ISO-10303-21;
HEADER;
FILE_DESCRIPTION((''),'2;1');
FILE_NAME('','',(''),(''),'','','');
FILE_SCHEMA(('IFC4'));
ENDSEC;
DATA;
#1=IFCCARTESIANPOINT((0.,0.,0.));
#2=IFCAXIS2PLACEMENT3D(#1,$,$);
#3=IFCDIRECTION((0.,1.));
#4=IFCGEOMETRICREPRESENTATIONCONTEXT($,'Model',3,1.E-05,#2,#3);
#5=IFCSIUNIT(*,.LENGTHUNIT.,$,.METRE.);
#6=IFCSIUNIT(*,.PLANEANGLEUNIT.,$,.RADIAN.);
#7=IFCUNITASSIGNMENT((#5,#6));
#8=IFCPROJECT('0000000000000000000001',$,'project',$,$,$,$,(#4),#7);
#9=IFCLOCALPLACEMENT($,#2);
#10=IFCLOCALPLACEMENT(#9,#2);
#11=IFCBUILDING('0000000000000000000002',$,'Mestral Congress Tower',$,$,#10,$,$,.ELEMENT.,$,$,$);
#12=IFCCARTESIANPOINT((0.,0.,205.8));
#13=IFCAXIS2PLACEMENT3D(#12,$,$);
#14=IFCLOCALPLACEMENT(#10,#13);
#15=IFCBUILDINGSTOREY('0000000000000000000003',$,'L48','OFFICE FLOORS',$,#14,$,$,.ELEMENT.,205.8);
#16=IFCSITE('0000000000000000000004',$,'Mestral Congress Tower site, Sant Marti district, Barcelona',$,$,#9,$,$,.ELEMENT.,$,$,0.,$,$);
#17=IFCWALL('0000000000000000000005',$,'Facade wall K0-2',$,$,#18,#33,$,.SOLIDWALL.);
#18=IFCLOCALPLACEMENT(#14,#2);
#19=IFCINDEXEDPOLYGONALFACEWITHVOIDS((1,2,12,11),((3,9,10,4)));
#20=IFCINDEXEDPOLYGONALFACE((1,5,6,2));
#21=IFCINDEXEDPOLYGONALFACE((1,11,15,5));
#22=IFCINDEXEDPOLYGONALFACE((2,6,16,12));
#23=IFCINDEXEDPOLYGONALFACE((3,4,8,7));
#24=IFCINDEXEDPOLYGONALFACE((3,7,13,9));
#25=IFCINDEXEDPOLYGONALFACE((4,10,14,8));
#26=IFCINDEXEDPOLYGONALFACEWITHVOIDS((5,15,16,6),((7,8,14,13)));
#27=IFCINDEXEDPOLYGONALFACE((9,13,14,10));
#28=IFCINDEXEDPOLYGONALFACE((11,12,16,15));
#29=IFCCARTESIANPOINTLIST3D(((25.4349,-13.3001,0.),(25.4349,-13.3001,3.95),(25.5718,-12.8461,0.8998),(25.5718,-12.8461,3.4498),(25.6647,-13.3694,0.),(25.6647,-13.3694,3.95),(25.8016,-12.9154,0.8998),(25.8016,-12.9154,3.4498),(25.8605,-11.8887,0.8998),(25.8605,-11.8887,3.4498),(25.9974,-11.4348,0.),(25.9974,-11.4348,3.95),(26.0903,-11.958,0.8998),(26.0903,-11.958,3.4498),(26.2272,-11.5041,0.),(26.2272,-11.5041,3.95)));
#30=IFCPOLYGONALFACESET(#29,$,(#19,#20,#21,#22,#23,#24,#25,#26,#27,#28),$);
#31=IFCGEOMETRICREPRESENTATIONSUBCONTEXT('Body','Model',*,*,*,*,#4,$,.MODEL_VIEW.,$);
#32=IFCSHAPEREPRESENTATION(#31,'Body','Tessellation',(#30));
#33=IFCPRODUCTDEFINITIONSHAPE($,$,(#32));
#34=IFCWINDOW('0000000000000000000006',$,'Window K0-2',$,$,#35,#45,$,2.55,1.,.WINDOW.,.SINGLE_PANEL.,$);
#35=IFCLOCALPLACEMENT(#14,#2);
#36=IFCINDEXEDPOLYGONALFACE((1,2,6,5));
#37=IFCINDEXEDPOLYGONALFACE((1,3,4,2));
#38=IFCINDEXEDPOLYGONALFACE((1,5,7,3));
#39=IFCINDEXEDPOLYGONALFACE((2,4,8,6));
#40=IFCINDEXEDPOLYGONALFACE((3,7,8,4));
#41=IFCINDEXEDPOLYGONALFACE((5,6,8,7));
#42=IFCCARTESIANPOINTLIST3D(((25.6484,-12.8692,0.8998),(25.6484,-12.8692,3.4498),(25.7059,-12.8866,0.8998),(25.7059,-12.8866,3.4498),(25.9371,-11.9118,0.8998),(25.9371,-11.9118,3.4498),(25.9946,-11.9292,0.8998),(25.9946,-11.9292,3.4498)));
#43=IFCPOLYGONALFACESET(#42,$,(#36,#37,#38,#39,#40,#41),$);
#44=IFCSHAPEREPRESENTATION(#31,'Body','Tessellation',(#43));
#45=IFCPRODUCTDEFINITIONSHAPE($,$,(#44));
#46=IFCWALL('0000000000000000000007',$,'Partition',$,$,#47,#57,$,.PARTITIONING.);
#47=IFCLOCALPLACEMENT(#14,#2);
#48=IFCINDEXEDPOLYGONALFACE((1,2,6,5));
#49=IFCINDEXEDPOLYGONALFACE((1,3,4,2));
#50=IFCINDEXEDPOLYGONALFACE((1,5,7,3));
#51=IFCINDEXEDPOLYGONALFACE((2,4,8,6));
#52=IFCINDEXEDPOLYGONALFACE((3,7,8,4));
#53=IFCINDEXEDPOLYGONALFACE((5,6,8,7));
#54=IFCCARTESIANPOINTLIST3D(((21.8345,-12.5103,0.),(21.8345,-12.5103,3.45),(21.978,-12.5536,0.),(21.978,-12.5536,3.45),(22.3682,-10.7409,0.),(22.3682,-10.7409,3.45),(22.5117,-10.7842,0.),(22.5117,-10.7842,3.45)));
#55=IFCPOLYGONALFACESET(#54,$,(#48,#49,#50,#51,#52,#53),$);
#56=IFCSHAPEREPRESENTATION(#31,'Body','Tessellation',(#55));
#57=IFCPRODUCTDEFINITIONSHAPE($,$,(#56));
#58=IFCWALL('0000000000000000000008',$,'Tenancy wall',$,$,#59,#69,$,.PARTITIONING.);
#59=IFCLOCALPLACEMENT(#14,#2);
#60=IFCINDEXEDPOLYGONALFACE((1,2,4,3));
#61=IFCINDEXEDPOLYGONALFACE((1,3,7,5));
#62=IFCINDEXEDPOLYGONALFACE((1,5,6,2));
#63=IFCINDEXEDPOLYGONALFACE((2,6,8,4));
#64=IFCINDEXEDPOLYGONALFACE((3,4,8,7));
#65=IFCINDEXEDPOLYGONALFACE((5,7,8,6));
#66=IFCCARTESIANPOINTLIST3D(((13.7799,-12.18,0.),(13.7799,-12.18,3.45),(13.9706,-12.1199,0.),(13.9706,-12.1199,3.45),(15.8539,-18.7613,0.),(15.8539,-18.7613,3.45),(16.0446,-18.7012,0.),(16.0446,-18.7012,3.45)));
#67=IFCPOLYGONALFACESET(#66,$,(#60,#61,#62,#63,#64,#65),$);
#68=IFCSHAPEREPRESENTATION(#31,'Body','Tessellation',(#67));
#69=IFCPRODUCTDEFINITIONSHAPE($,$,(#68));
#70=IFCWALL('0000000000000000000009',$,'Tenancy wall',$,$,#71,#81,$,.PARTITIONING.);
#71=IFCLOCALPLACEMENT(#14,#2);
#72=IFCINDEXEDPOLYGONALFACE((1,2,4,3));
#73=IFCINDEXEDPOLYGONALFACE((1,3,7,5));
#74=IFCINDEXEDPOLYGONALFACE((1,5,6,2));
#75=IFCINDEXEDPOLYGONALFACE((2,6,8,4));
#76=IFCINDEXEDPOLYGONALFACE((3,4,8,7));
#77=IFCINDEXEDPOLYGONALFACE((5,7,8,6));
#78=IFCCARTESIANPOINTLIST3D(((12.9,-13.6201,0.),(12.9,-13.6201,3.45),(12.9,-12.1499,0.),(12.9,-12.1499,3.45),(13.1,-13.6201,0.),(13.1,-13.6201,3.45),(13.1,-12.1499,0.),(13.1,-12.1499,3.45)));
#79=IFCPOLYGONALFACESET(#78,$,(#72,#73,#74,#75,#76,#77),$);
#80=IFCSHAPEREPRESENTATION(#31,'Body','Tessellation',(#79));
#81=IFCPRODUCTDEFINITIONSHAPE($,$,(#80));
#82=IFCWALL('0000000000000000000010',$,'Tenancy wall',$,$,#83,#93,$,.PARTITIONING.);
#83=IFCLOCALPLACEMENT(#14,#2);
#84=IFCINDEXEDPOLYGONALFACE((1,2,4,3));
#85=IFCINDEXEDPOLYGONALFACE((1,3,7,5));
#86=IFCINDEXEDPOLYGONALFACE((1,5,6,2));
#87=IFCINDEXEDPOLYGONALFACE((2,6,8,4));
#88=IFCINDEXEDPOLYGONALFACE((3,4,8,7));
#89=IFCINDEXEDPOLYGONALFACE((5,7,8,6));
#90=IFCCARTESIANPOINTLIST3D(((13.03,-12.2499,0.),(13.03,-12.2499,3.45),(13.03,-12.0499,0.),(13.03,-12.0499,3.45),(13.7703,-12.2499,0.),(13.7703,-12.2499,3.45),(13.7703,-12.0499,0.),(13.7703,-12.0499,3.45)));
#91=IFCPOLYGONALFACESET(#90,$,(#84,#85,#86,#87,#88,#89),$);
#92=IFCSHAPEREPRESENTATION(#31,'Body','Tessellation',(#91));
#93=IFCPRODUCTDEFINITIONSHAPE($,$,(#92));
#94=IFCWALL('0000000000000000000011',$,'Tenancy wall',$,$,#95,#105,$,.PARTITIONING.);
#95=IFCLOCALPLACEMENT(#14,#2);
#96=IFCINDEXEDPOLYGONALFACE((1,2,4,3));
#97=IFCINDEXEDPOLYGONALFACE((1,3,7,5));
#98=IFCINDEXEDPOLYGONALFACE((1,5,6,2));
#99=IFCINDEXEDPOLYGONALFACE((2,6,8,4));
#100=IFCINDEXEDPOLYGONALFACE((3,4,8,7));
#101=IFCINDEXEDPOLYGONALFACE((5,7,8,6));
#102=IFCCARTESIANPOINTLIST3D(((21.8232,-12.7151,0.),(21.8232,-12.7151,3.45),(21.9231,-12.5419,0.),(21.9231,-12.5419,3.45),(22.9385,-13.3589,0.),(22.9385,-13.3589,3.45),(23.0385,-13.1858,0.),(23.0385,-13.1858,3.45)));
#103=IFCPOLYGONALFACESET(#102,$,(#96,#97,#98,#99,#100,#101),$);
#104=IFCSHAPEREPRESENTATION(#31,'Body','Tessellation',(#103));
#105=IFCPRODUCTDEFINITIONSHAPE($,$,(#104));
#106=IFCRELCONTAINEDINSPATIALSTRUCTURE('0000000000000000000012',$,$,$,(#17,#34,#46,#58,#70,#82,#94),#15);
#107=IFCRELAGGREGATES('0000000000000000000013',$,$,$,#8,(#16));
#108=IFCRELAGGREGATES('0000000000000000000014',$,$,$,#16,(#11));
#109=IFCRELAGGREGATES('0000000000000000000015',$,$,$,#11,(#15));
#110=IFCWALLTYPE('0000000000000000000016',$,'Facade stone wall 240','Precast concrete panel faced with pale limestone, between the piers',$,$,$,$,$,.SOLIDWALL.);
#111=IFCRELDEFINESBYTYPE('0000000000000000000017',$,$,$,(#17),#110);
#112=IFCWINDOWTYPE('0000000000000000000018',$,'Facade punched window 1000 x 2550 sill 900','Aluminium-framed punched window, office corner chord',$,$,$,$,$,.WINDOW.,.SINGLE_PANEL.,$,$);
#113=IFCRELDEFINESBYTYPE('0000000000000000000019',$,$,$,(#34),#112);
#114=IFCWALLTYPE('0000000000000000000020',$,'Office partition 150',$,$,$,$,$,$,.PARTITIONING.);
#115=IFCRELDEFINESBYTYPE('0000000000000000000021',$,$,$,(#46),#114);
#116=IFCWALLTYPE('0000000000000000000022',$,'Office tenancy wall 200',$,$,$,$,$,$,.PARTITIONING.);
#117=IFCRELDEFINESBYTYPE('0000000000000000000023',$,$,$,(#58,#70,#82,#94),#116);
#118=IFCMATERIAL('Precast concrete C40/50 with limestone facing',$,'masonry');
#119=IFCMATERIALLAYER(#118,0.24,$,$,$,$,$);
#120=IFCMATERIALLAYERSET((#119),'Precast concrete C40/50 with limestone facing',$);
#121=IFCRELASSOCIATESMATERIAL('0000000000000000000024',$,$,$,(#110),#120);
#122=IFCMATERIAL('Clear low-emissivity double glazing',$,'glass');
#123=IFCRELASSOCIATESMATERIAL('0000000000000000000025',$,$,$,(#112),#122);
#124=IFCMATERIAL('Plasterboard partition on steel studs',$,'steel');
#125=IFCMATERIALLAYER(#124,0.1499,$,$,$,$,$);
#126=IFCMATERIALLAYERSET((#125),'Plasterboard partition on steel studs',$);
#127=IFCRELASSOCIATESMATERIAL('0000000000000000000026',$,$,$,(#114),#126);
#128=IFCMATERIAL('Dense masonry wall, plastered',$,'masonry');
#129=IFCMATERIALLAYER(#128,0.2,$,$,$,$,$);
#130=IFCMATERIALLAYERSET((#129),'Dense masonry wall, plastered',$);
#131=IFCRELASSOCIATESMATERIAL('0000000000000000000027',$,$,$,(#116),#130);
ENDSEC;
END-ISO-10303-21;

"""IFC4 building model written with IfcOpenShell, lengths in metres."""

from ifc_helpers import new_model, si_unit, direction, frame, frame_2d, origin, place, context, subcontext, project, spatial, rectangle, extrude, material, layer, layer_set, type_object, element, fill, save


model = new_model("IFC4")

# Units and contexts
model_context = context("Model", 3, precision=1e-05, world=origin(), true_north=direction((0.0, 1.0)))
body_context = subcontext(model_context, "Body", "Model", "MODEL_VIEW")
ifc_project = project(units=[si_unit("LENGTHUNIT", "METRE"), si_unit("PLANEANGLEUNIT", "RADIAN")], contexts=[model_context])

# Site, building, storey
site_placement = place(None, origin())
site = spatial("IfcSite", under=ifc_project, at=site_placement, Name="Mestral Congress Tower site, Sant Marti district, Barcelona", CompositionType="ELEMENT", RefElevation=0.0)
building_placement = place(site_placement, origin())
building = spatial("IfcBuilding", under=site, at=building_placement, Name="Mestral Congress Tower", CompositionType="ELEMENT")
storey_placement = place(building_placement, frame((0.0, 0.0, 205.8)))
storey = spatial("IfcBuildingStorey", under=building, at=storey_placement, Name="L48", Description="OFFICE FLOORS", CompositionType="ELEMENT", Elevation=205.8)

# Shared definitions
ifc_material_1 = material(Name="Precast concrete C40/50 with limestone facing", Category="masonry")
ifc_layer_1 = layer(ifc_material_1, 0.24)
ifc_layer_set_1 = layer_set([ifc_layer_1], Name="Precast concrete C40/50 with limestone facing")
wall_type_1 = type_object("IfcWallType", Name="Facade stone wall 240", Description="Precast concrete panel faced with pale limestone, between the piers", PredefinedType="SOLIDWALL", material=ifc_layer_set_1)
ifc_material_2 = material(Name="Clear low-emissivity double glazing", Category="glass")

# Wall, opening, window
window_type_1 = type_object("IfcWindowType", Name="Facade punched window 1000 x 2550 sill 900", Description="Aluminium-framed punched window, office corner chord", PartitioningType="SINGLE_PANEL", PredefinedType="WINDOW", material=ifc_material_2)
wall_1_placement = place(storey_placement, frame((25.5498, -13.3347, 0.0), z_axis=(0.0, 0.0, 1.0), x_axis=(0.288727, 0.957411, 0.0)))
wall_1 = element("IfcWall", 1, at=wall_1_placement, inside=storey, type_object=wall_type_1, Name="Facade wall K0-2", PredefinedType="SOLIDWALL", context=body_context, shape_type="SweptSolid", body=[
    extrude(rectangle(XDim=1.9482, YDim=0.24, at=frame_2d((0.9741, 0.0))), origin(), (0.0, 0.0, 1.0), 3.95),
])
opening_1_placement = place(wall_1_placement, frame((0.4741, 0.0, 0.8999)))
opening_1 = element("IfcOpeningElement", 2, at=opening_1_placement, cuts=wall_1, PredefinedType="OPENING", context=body_context, shape_type="SweptSolid", body=[
    extrude(rectangle(XDim=1.0, YDim=2.55, at=frame_2d((0.5, 1.2749))), frame((0.0, 0.1299, 0.0), z_axis=(0.0, -1.0, 0.0), x_axis=(1.0, 0.0, 0.0)), (0.0, 0.0, 1.0), 0.26),
])
window_1_placement = place(opening_1_placement, origin())
window_1 = element("IfcWindow", 3, at=window_1_placement, inside=storey, type_object=window_type_1, Name="Window K0-2", OverallHeight=2.55, OverallWidth=1.0, PartitioningType="SINGLE_PANEL", PredefinedType="WINDOW", context=body_context, shape_type="SweptSolid", body=[
    extrude(rectangle(XDim=1.0, YDim=2.55, at=frame_2d((0.5, 1.2749))), frame((0.0, 0.04, 0.0), z_axis=(0.0, -1.0, 0.0), x_axis=(1.0, 0.0, 0.0)), (0.0, 0.0, 1.0), 0.0601),
])
fill(opening_1, window_1)

# Walls
ifc_material_3 = material(Name="Plasterboard partition on steel studs", Category="steel")
ifc_layer_2 = layer(ifc_material_3, 0.1499)
ifc_layer_set_2 = layer_set([ifc_layer_2], Name="Plasterboard partition on steel studs")
wall_type_2 = type_object("IfcWallType", Name="Office partition 150", PredefinedType="PARTITIONING", material=ifc_layer_set_2)
wall_2_placement = place(storey_placement, frame((21.9062, -12.532, 0.0), z_axis=(0.0, 0.0, 1.0), x_axis=(0.28879, 0.957393, 0.0)))
element("IfcWall", 4, at=wall_2_placement, inside=storey, type_object=wall_type_2, Name="Partition", PredefinedType="PARTITIONING", context=body_context, shape_type="SweptSolid", body=[
    extrude(rectangle(XDim=1.8481, YDim=0.1499, at=frame_2d((0.9241, 0.0))), origin(), (0.0, 0.0, 1.0), 3.45),
])
ifc_material_4 = material(Name="Dense masonry wall, plastered", Category="masonry")
ifc_layer_3 = layer(ifc_material_4, 0.2)
ifc_layer_set_3 = layer_set([ifc_layer_3], Name="Dense masonry wall, plastered")
wall_type_3 = type_object("IfcWallType", Name="Office tenancy wall 200", PredefinedType="PARTITIONING", material=ifc_layer_set_3)
wall_3_placement = place(storey_placement, frame((13.8752, -12.1499, 0.0), z_axis=(0.0, 0.0, 1.0), x_axis=(0.300561, -0.953763, 0.0)))
element("IfcWall", 5, at=wall_3_placement, inside=storey, type_object=wall_type_3, Name="Tenancy wall", PredefinedType="PARTITIONING", context=body_context, shape_type="SweptSolid", body=[
    extrude(rectangle(XDim=6.9004, YDim=0.2, at=frame_2d((3.4502, 0.0))), origin(), (0.0, 0.0, 1.0), 3.45),
])
wall_4_placement = place(storey_placement, frame((13.0, -13.6201, 0.0), z_axis=(0.0, 0.0, 1.0), x_axis=(0.0, 1.0, 0.0)))
element("IfcWall", 6, at=wall_4_placement, inside=storey, type_object=wall_type_3, Name="Tenancy wall", PredefinedType="PARTITIONING", context=body_context, shape_type="SweptSolid", body=[
    extrude(rectangle(XDim=1.4702, YDim=0.2, at=frame_2d((0.7351, 0.0))), origin(), (0.0, 0.0, 1.0), 3.45),
])
wall_5_placement = place(storey_placement, frame((13.03, -12.1499, 0.0), z_axis=(0.0, 0.0, 1.0), x_axis=(1.0, 0.0, 0.0)))
element("IfcWall", 7, at=wall_5_placement, inside=storey, type_object=wall_type_3, Name="Tenancy wall", PredefinedType="PARTITIONING", context=body_context, shape_type="SweptSolid", body=[
    extrude(rectangle(XDim=0.7402, YDim=0.2, at=frame_2d((0.3701, 0.0))), origin(), (0.0, 0.0, 1.0), 3.45),
])
wall_6_placement = place(storey_placement, frame((21.873, -12.6284, 0.0), z_axis=(0.0, 0.0, 1.0), x_axis=(0.866053, -0.499952, 0.0)))
element("IfcWall", 8, at=wall_6_placement, inside=storey, type_object=wall_type_3, Name="Tenancy wall", PredefinedType="PARTITIONING", context=body_context, shape_type="SweptSolid", body=[
    extrude(rectangle(XDim=1.2878, YDim=0.2, at=frame_2d((0.644, 0.0))), origin(), (0.0, 0.0, 1.0), 3.45),
])

save(model, "model.ifc")
